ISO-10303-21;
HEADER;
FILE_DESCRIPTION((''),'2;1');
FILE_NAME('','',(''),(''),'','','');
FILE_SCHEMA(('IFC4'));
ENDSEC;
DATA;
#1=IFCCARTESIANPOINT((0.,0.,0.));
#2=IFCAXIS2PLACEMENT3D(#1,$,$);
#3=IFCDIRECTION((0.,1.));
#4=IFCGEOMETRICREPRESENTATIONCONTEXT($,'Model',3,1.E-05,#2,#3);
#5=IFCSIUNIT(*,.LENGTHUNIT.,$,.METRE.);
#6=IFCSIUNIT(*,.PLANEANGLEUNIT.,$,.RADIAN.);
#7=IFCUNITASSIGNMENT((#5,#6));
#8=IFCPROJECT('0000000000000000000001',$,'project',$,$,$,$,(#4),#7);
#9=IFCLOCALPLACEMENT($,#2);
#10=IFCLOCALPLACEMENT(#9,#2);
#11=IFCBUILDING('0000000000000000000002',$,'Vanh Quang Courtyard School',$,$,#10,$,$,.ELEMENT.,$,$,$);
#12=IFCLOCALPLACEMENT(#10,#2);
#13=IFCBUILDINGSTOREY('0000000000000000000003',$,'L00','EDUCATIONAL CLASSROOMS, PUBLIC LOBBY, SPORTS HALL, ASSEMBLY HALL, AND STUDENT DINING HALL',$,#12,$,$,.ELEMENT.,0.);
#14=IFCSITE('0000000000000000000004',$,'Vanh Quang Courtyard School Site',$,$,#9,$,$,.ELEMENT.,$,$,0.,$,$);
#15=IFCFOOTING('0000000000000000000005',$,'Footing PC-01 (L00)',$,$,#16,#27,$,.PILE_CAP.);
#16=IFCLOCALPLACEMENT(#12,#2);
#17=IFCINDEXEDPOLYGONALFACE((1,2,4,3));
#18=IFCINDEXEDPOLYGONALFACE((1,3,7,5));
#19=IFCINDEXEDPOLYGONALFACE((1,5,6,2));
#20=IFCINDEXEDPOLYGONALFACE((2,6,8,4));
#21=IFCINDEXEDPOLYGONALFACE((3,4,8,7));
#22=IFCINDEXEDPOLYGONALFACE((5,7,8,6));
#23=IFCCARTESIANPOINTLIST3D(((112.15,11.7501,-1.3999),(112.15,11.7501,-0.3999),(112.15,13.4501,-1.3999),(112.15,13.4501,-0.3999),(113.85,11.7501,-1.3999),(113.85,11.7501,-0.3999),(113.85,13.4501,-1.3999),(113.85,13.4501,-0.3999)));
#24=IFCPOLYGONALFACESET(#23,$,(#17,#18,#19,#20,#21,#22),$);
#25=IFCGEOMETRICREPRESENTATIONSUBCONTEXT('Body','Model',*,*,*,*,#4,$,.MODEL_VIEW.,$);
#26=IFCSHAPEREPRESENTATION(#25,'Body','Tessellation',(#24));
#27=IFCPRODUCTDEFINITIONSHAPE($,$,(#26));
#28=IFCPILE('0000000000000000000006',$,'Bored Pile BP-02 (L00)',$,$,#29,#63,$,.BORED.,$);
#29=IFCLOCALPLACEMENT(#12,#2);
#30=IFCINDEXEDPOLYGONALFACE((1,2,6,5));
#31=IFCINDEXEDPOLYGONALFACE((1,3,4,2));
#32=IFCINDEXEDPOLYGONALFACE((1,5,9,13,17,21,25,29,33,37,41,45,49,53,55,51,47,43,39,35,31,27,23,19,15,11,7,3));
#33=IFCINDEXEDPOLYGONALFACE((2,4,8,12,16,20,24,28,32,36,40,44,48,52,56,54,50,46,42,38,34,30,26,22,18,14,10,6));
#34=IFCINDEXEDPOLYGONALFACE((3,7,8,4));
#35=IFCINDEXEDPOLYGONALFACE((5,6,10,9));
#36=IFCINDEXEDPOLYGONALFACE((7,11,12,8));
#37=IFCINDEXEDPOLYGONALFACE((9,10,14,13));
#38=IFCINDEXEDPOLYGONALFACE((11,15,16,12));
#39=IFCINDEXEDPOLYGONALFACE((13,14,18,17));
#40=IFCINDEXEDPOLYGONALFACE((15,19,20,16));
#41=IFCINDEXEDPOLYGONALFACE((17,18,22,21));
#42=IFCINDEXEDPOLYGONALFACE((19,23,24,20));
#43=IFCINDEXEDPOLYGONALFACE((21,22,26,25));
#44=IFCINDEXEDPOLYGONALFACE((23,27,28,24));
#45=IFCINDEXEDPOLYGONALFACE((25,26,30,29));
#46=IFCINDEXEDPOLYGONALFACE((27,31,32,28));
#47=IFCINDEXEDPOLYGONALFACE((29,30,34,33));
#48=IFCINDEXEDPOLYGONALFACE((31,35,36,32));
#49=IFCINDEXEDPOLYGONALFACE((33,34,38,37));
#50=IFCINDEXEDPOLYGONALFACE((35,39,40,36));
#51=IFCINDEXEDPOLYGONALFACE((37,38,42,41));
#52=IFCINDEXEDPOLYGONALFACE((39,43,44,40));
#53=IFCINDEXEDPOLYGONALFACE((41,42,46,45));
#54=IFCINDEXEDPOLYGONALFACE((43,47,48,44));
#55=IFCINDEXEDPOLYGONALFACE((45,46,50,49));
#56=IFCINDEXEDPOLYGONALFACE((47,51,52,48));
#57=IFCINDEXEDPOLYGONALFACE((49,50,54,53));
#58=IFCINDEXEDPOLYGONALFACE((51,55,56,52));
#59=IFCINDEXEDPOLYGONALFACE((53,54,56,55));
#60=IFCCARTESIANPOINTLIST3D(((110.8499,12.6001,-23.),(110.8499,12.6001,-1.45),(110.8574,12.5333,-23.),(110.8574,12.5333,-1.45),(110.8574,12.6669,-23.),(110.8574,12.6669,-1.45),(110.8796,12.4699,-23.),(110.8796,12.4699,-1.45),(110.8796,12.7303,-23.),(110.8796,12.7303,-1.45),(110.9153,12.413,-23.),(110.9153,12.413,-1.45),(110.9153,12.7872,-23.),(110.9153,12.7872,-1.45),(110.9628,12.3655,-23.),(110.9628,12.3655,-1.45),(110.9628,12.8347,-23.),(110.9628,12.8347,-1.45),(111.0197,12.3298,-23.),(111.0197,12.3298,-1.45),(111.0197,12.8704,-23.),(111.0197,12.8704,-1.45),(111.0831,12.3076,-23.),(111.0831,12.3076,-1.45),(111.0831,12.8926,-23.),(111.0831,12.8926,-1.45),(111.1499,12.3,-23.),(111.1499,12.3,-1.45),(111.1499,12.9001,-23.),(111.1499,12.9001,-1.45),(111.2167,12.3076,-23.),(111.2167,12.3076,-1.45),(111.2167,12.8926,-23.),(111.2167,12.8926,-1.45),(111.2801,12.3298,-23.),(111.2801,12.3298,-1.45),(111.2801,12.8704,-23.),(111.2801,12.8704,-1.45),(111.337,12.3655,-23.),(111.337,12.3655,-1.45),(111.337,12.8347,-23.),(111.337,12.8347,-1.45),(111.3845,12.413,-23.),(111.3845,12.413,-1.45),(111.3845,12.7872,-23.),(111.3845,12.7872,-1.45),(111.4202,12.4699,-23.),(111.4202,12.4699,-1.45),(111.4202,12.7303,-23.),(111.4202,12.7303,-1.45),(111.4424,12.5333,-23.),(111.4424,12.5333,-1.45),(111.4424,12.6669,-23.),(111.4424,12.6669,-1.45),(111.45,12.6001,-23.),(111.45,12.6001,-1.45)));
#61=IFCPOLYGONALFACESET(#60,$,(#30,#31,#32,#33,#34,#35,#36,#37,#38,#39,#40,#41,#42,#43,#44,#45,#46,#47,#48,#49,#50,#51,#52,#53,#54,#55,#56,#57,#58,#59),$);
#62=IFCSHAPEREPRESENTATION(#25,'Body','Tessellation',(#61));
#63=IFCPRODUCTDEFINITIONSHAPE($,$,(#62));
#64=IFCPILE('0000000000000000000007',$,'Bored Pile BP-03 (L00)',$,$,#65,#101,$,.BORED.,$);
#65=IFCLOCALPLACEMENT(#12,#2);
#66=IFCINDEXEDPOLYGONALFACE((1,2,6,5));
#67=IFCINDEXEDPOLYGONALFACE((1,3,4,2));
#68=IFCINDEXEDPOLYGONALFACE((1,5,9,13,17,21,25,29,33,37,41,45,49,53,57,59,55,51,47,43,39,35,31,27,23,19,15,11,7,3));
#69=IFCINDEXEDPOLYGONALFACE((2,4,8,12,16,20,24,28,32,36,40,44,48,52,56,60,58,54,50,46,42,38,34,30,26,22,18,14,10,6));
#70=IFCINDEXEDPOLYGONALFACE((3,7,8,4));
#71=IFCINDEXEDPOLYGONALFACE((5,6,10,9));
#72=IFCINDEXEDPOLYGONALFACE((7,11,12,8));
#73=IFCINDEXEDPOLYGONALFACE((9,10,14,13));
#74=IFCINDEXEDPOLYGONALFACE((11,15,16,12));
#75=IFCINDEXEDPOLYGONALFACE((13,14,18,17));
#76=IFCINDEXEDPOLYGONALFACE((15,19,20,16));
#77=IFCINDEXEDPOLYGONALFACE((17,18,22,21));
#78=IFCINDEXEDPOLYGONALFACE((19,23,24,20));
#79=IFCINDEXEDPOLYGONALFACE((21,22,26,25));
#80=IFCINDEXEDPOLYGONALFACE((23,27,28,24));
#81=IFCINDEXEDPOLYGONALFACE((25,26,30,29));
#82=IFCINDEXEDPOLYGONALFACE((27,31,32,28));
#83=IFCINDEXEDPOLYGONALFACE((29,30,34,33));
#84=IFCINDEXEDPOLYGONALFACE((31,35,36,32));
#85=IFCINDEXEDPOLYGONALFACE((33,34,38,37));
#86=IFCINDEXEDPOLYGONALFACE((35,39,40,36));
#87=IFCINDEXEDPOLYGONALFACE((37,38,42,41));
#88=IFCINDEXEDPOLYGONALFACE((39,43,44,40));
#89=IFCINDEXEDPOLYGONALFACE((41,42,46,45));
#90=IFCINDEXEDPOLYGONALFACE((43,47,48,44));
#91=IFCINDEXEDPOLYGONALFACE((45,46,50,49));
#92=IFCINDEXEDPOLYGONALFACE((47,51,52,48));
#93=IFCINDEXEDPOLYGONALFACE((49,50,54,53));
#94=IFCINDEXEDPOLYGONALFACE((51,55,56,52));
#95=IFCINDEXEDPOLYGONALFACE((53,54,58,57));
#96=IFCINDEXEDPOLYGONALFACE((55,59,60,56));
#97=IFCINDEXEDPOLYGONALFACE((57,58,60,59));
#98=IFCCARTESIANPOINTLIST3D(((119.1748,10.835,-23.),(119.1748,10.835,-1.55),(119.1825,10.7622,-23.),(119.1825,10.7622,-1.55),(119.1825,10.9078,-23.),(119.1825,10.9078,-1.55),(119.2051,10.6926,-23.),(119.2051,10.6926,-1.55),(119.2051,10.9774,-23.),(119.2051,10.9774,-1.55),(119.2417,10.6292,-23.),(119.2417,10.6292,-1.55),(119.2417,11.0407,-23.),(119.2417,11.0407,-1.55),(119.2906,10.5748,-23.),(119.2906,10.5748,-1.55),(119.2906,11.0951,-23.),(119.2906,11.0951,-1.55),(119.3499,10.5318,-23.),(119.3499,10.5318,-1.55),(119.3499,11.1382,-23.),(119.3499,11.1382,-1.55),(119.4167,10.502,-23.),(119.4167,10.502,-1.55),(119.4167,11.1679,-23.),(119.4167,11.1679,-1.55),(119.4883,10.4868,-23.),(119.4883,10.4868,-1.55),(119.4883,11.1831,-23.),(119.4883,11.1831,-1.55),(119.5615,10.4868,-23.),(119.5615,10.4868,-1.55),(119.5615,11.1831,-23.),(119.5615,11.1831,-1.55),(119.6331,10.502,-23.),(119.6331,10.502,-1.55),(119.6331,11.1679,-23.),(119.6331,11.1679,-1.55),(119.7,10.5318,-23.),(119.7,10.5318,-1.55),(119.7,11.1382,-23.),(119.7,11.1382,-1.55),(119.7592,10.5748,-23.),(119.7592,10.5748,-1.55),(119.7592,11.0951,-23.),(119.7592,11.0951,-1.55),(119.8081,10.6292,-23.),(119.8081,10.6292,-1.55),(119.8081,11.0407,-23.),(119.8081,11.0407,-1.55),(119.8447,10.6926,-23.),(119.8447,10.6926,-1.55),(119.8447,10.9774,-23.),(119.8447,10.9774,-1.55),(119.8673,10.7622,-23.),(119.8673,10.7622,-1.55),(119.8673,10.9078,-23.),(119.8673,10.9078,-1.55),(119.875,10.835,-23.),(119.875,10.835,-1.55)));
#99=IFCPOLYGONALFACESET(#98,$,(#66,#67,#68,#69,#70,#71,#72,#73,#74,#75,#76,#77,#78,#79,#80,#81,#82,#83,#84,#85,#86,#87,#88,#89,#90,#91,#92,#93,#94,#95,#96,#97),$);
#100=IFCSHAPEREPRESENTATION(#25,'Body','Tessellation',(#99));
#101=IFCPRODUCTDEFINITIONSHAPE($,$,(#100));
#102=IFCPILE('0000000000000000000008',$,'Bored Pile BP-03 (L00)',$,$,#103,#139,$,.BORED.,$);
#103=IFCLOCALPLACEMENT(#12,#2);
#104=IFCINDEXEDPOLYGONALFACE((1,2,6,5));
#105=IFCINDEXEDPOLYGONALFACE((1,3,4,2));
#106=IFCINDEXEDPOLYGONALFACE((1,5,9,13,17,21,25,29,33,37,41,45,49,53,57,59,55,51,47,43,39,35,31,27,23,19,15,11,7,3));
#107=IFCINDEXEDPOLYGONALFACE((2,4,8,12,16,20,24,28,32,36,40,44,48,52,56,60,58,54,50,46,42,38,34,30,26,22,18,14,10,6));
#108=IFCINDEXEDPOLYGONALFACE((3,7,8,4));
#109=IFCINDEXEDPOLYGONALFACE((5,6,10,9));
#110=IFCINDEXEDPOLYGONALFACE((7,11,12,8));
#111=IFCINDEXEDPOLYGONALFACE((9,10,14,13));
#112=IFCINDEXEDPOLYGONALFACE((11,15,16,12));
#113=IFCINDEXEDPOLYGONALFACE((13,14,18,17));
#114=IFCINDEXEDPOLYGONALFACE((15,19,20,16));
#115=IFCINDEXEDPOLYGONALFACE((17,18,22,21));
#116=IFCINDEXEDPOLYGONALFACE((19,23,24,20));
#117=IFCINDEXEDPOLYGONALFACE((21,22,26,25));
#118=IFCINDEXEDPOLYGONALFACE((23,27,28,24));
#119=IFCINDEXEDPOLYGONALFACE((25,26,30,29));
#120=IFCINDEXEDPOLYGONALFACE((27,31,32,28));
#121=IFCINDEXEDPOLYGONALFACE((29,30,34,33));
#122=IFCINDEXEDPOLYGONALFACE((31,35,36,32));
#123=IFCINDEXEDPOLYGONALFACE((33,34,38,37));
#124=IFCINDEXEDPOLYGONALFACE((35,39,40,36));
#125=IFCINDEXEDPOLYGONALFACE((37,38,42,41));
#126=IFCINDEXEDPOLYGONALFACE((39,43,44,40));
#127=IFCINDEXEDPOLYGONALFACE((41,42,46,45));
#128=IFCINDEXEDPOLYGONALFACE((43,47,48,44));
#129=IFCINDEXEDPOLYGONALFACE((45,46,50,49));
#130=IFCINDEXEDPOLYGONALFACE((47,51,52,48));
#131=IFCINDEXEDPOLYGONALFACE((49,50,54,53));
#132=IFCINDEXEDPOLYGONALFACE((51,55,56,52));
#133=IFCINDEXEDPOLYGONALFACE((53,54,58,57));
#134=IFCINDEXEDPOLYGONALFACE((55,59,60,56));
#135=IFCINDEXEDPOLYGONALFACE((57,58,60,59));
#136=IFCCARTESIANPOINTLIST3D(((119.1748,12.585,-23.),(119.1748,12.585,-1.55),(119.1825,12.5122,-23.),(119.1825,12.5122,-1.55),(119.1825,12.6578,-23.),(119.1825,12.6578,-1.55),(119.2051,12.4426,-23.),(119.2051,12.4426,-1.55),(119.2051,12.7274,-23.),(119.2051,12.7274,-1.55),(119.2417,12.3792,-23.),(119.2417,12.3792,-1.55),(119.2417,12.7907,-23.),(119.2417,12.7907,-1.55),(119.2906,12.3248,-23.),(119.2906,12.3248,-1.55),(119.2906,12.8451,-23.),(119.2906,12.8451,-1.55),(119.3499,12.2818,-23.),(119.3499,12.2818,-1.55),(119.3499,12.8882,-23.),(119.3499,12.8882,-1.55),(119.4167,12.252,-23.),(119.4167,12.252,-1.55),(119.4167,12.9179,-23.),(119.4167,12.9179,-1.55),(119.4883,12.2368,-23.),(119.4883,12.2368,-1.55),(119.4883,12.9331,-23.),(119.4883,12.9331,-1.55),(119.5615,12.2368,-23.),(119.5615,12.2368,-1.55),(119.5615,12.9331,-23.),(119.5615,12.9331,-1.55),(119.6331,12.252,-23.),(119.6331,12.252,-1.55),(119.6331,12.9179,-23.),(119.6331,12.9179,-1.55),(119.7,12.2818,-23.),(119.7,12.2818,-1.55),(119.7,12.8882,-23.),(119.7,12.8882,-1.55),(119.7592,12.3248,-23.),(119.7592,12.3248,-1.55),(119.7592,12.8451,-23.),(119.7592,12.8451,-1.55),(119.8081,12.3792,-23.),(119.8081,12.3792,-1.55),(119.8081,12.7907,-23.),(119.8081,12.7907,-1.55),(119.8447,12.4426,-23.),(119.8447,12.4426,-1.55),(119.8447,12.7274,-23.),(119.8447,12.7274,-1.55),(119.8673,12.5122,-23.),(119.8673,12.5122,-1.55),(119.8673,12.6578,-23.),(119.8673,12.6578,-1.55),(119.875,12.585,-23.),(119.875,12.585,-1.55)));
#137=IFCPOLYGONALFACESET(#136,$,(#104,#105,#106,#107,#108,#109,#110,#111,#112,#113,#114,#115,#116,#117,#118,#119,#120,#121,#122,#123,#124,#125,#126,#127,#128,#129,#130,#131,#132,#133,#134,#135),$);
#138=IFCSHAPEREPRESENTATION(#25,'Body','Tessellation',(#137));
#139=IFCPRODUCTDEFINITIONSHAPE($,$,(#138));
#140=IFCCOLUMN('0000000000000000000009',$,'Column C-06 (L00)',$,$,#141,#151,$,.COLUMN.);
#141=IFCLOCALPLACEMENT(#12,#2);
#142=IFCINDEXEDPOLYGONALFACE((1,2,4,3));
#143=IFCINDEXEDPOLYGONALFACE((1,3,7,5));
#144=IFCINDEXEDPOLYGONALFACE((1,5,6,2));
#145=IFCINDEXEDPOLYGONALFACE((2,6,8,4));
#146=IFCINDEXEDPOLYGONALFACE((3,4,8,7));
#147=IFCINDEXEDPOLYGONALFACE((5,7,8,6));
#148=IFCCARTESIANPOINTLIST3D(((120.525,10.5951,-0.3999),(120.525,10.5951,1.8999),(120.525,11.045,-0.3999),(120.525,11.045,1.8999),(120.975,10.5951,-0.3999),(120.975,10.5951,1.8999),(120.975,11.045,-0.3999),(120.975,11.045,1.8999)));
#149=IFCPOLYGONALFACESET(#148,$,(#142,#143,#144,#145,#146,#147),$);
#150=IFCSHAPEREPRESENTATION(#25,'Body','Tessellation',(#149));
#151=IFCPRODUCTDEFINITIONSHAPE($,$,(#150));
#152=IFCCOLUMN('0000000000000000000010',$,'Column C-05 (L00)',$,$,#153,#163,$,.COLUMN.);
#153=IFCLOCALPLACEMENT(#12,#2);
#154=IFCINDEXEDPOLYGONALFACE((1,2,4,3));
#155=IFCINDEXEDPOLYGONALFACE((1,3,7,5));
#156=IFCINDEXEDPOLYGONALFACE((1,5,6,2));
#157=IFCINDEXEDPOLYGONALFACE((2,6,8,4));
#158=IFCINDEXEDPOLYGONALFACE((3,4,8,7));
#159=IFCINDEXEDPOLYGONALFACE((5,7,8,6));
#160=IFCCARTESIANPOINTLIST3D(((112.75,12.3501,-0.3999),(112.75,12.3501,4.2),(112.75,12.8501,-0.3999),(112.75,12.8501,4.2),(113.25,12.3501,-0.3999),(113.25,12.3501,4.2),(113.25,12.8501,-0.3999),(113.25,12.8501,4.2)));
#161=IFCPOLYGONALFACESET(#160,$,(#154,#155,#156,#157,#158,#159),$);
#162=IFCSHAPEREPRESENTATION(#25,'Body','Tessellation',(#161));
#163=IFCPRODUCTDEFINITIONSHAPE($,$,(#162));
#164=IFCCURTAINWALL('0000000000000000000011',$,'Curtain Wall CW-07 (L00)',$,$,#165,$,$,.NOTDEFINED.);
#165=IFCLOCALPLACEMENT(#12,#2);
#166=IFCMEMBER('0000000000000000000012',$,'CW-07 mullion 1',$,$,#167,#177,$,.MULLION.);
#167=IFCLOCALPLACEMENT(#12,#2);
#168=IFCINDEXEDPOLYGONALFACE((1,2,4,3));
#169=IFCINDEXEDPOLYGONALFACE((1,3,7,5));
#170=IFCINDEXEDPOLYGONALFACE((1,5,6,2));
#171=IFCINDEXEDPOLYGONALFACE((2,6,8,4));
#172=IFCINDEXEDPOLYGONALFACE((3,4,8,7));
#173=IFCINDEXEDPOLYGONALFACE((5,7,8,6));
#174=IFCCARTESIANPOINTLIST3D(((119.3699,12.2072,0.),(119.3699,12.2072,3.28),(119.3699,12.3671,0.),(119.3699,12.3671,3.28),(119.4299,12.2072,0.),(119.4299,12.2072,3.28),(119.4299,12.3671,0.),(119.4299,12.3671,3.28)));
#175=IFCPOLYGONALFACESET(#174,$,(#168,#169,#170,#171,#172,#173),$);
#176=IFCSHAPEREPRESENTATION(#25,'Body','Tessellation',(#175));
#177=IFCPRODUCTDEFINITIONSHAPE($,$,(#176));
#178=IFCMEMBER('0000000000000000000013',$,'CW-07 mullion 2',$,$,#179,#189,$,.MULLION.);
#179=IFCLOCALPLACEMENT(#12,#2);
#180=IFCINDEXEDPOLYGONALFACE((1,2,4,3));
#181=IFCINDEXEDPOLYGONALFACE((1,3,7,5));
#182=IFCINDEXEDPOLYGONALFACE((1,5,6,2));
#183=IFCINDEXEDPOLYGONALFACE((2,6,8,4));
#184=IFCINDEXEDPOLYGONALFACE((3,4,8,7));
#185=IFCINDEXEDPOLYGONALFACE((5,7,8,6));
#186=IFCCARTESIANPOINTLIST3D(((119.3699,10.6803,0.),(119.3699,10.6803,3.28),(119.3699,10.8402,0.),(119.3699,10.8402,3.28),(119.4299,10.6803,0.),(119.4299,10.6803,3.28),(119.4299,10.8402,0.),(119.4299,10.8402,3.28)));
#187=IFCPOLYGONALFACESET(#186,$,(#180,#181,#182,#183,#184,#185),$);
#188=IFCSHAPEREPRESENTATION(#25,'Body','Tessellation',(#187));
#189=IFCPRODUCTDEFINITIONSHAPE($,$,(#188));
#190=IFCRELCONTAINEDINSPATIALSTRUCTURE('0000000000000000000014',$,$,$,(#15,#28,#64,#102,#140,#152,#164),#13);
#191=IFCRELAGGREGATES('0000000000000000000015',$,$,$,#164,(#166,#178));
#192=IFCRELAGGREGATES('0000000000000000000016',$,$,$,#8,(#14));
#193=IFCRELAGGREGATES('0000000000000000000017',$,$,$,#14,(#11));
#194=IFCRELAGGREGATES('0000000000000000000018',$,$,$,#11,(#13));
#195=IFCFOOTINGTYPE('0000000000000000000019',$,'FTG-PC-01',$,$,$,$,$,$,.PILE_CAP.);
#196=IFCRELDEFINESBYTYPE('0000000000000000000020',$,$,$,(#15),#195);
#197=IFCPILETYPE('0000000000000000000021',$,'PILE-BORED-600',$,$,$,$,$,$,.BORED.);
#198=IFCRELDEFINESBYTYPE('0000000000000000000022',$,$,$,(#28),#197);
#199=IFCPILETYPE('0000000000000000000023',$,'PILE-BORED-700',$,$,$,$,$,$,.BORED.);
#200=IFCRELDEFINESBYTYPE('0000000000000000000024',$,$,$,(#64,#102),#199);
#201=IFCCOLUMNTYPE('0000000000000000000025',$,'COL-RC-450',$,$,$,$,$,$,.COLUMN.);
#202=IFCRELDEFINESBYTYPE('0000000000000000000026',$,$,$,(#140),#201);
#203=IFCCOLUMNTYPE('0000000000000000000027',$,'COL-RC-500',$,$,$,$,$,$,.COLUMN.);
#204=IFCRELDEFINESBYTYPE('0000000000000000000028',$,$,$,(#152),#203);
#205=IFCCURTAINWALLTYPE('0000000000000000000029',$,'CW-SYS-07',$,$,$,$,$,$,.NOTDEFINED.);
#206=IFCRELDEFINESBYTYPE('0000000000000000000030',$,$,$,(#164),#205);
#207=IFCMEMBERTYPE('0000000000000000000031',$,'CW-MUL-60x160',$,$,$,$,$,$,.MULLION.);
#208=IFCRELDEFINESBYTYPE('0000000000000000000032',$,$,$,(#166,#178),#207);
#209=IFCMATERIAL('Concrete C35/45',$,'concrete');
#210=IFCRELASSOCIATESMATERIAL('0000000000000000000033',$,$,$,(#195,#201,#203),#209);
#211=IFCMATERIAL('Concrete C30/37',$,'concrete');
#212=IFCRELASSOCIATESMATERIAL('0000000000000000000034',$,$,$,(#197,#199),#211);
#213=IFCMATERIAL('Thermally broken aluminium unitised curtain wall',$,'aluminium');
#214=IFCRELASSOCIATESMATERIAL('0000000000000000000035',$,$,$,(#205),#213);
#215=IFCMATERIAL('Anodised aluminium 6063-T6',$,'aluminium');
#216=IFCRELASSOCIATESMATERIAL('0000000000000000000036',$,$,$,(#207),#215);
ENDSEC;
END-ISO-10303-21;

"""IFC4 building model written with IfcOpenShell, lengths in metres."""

from ifc_helpers import new_model, si_unit, direction, frame, origin, origin_2d, place, context, subcontext, project, spatial, rectangle, circle, extrude, material, material_profile, profile_set, type_object, element, aggregate, save


model = new_model("IFC4")

# Units and contexts
model_context = context("Model", 3, precision=1e-05, world=origin(), true_north=direction((0.0, 1.0)))
body_context = subcontext(model_context, "Body", "Model", "MODEL_VIEW")
ifc_project = project(units=[si_unit("LENGTHUNIT", "METRE"), si_unit("PLANEANGLEUNIT", "RADIAN")], contexts=[model_context])

# Site, building, storey
site_placement = place(None, origin())
site = spatial("IfcSite", under=ifc_project, at=site_placement, Name="Vanh Quang Courtyard School Site", CompositionType="ELEMENT", RefElevation=0.0)
building_placement = place(site_placement, origin())
building = spatial("IfcBuilding", under=site, at=building_placement, Name="Vanh Quang Courtyard School", CompositionType="ELEMENT")
storey_placement = place(building_placement, origin())
storey = spatial("IfcBuildingStorey", under=building, at=storey_placement, Name="L00", Description="EDUCATIONAL CLASSROOMS, PUBLIC LOBBY, SPORTS HALL, ASSEMBLY HALL, AND STUDENT DINING HALL", CompositionType="ELEMENT", Elevation=0.0)

# Footing
ifc_material_1 = material(Name="Concrete C35/45", Category="concrete")
footing_type = type_object("IfcFootingType", Name="FTG-PC-01", PredefinedType="PILE_CAP", material=ifc_material_1)
footing_placement = place(storey_placement, frame((113.0, 12.6001, -1.3999), z_axis=(0.0, 0.0, 1.0), x_axis=(1.0, 0.0, 0.0)))
element("IfcFooting", 1, at=footing_placement, inside=storey, type_object=footing_type, Name="Footing PC-01 (L00)", PredefinedType="PILE_CAP", context=body_context, shape_type="SweptSolid", body=[
    extrude(rectangle(XDim=1.7, YDim=1.7, at=origin_2d()), origin(), (0.0, 0.0, 1.0), 1.0),
])

# Piles
ifc_material_2 = material(Name="Concrete C30/37", Category="concrete")
ifc_material_profile_1 = material_profile(ifc_material_2, circle(Radius=0.3, at=origin_2d()), Name="PILE D600")
ifc_profile_set_1 = profile_set([ifc_material_profile_1], Name="Concrete C30/37")
pile_type_1 = type_object("IfcPileType", Name="PILE-BORED-600", PredefinedType="BORED", material=ifc_profile_set_1)
pile_placement = place(storey_placement, frame((111.1499, 12.6001, -1.45), z_axis=(0.0, 0.0, -1.0), x_axis=(1.0, 0.0, 0.0)))
element("IfcPile", 2, at=pile_placement, inside=storey, type_object=pile_type_1, Name="Bored Pile BP-02 (L00)", PredefinedType="BORED", context=body_context, shape_type="SweptSolid", body=[
    extrude(circle(Radius=0.3, at=origin_2d()), origin(), (0.0, 0.0, 1.0), 21.55),
])
ifc_material_profile_2 = material_profile(ifc_material_2, circle(Radius=0.3501, at=origin_2d()), Name="PILE D700")
ifc_profile_set_2 = profile_set([ifc_material_profile_2], Name="Concrete C30/37")
pile_type_2 = type_object("IfcPileType", Name="PILE-BORED-700", PredefinedType="BORED", material=ifc_profile_set_2)
for number, where, z_axis, x_axis, name in (
    (3, (119.5249, 10.835, -1.55), (0.0, 0.0, -1.0), (1.0, 0.0, 0.0), "Bored Pile BP-03 (L00)"),
    (4, (119.5249, 12.585, -1.55), (0.0, 0.0, -1.0), (1.0, 0.0, 0.0), "Bored Pile BP-03 (L00)"),
):
    element("IfcPile", number, at=place(storey_placement, frame(where, z_axis=z_axis, x_axis=x_axis)), inside=storey, type_object=pile_type_2, Name=name, PredefinedType="BORED", context=body_context, shape_type="SweptSolid", body=[
        extrude(circle(Radius=0.3501, at=origin_2d()), origin(), (0.0, 0.0, 1.0), 21.45),
    ])

# Columns
ifc_material_profile_3 = material_profile(ifc_material_1, rectangle(XDim=0.45, YDim=0.45, at=origin_2d()), Name="RC-COL 450x450")
ifc_profile_set_3 = profile_set([ifc_material_profile_3], Name="Concrete C35/45")
column_type_1 = type_object("IfcColumnType", Name="COL-RC-450", PredefinedType="COLUMN", material=ifc_profile_set_3)
column_1_placement = place(storey_placement, frame((120.75, 10.8201, -0.3999), z_axis=(0.0, 0.0, 1.0), x_axis=(1.0, 0.0, 0.0)))
element("IfcColumn", 5, at=column_1_placement, inside=storey, type_object=column_type_1, Name="Column C-06 (L00)", PredefinedType="COLUMN", context=body_context, shape_type="SweptSolid", body=[
    extrude(rectangle(XDim=0.45, YDim=0.45, at=origin_2d()), origin(), (0.0, 0.0, 1.0), 2.2998),
])
ifc_material_profile_4 = material_profile(ifc_material_1, rectangle(XDim=0.5, YDim=0.5, at=origin_2d()), Name="RC-COL 500x500")
ifc_profile_set_4 = profile_set([ifc_material_profile_4], Name="Concrete C35/45")
column_type_2 = type_object("IfcColumnType", Name="COL-RC-500", PredefinedType="COLUMN", material=ifc_profile_set_4)
column_2_placement = place(storey_placement, frame((113.0, 12.6001, -0.3999), z_axis=(0.0, 0.0, 1.0), x_axis=(1.0, 0.0, 0.0)))
element("IfcColumn", 6, at=column_2_placement, inside=storey, type_object=column_type_2, Name="Column C-05 (L00)", PredefinedType="COLUMN", context=body_context, shape_type="SweptSolid", body=[
    extrude(rectangle(XDim=0.5, YDim=0.5, at=origin_2d()), origin(), (0.0, 0.0, 1.0), 4.5999),
])

# Curtain wall, members
ifc_material_3 = material(Name="Thermally broken aluminium unitised curtain wall", Category="aluminium")
curtain_wall_type = type_object("IfcCurtainWallType", Name="CW-SYS-07", PredefinedType="NOTDEFINED", material=ifc_material_3)
curtain_wall_placement = place(storey_placement, origin())
curtain_wall = element("IfcCurtainWall", 7, at=curtain_wall_placement, inside=storey, type_object=curtain_wall_type, Name="Curtain Wall CW-07 (L00)", PredefinedType="NOTDEFINED")
ifc_material_4 = material(Name="Anodised aluminium 6063-T6", Category="aluminium")
ifc_material_profile_5 = material_profile(ifc_material_4, rectangle(XDim=0.0601, YDim=0.1599, at=origin_2d()), Name="ALU-MUL 60x160")
ifc_profile_set_5 = profile_set([ifc_material_profile_5], Name="Anodised aluminium 6063-T6")
member_type_1 = type_object("IfcMemberType", Name="CW-MUL-60x160", PredefinedType="MULLION", material=ifc_profile_set_5)
member_1_placement = place(storey_placement, frame((119.3999, 12.2871, 0.0), z_axis=(0.0, 0.0, 1.0), x_axis=(1.0, 0.0, 0.0)))
member_1 = element("IfcMember", 8, at=member_1_placement, type_object=member_type_1, Name="CW-07 mullion 1", PredefinedType="MULLION", context=body_context, shape_type="SweptSolid", body=[
    extrude(rectangle(XDim=0.0601, YDim=0.1599, at=origin_2d()), origin(), (0.0, 0.0, 1.0), 3.28),
])
member_2_placement = place(storey_placement, frame((119.3999, 10.7603, 0.0), z_axis=(0.0, 0.0, 1.0), x_axis=(1.0, 0.0, 0.0)))
member_2 = element("IfcMember", 9, at=member_2_placement, type_object=member_type_1, Name="CW-07 mullion 2", PredefinedType="MULLION", context=body_context, shape_type="SweptSolid", body=[
    extrude(rectangle(XDim=0.0601, YDim=0.1599, at=origin_2d()), origin(), (0.0, 0.0, 1.0), 3.28),
])
aggregate(curtain_wall, [member_1, member_2])

save(model, "model.ifc")
